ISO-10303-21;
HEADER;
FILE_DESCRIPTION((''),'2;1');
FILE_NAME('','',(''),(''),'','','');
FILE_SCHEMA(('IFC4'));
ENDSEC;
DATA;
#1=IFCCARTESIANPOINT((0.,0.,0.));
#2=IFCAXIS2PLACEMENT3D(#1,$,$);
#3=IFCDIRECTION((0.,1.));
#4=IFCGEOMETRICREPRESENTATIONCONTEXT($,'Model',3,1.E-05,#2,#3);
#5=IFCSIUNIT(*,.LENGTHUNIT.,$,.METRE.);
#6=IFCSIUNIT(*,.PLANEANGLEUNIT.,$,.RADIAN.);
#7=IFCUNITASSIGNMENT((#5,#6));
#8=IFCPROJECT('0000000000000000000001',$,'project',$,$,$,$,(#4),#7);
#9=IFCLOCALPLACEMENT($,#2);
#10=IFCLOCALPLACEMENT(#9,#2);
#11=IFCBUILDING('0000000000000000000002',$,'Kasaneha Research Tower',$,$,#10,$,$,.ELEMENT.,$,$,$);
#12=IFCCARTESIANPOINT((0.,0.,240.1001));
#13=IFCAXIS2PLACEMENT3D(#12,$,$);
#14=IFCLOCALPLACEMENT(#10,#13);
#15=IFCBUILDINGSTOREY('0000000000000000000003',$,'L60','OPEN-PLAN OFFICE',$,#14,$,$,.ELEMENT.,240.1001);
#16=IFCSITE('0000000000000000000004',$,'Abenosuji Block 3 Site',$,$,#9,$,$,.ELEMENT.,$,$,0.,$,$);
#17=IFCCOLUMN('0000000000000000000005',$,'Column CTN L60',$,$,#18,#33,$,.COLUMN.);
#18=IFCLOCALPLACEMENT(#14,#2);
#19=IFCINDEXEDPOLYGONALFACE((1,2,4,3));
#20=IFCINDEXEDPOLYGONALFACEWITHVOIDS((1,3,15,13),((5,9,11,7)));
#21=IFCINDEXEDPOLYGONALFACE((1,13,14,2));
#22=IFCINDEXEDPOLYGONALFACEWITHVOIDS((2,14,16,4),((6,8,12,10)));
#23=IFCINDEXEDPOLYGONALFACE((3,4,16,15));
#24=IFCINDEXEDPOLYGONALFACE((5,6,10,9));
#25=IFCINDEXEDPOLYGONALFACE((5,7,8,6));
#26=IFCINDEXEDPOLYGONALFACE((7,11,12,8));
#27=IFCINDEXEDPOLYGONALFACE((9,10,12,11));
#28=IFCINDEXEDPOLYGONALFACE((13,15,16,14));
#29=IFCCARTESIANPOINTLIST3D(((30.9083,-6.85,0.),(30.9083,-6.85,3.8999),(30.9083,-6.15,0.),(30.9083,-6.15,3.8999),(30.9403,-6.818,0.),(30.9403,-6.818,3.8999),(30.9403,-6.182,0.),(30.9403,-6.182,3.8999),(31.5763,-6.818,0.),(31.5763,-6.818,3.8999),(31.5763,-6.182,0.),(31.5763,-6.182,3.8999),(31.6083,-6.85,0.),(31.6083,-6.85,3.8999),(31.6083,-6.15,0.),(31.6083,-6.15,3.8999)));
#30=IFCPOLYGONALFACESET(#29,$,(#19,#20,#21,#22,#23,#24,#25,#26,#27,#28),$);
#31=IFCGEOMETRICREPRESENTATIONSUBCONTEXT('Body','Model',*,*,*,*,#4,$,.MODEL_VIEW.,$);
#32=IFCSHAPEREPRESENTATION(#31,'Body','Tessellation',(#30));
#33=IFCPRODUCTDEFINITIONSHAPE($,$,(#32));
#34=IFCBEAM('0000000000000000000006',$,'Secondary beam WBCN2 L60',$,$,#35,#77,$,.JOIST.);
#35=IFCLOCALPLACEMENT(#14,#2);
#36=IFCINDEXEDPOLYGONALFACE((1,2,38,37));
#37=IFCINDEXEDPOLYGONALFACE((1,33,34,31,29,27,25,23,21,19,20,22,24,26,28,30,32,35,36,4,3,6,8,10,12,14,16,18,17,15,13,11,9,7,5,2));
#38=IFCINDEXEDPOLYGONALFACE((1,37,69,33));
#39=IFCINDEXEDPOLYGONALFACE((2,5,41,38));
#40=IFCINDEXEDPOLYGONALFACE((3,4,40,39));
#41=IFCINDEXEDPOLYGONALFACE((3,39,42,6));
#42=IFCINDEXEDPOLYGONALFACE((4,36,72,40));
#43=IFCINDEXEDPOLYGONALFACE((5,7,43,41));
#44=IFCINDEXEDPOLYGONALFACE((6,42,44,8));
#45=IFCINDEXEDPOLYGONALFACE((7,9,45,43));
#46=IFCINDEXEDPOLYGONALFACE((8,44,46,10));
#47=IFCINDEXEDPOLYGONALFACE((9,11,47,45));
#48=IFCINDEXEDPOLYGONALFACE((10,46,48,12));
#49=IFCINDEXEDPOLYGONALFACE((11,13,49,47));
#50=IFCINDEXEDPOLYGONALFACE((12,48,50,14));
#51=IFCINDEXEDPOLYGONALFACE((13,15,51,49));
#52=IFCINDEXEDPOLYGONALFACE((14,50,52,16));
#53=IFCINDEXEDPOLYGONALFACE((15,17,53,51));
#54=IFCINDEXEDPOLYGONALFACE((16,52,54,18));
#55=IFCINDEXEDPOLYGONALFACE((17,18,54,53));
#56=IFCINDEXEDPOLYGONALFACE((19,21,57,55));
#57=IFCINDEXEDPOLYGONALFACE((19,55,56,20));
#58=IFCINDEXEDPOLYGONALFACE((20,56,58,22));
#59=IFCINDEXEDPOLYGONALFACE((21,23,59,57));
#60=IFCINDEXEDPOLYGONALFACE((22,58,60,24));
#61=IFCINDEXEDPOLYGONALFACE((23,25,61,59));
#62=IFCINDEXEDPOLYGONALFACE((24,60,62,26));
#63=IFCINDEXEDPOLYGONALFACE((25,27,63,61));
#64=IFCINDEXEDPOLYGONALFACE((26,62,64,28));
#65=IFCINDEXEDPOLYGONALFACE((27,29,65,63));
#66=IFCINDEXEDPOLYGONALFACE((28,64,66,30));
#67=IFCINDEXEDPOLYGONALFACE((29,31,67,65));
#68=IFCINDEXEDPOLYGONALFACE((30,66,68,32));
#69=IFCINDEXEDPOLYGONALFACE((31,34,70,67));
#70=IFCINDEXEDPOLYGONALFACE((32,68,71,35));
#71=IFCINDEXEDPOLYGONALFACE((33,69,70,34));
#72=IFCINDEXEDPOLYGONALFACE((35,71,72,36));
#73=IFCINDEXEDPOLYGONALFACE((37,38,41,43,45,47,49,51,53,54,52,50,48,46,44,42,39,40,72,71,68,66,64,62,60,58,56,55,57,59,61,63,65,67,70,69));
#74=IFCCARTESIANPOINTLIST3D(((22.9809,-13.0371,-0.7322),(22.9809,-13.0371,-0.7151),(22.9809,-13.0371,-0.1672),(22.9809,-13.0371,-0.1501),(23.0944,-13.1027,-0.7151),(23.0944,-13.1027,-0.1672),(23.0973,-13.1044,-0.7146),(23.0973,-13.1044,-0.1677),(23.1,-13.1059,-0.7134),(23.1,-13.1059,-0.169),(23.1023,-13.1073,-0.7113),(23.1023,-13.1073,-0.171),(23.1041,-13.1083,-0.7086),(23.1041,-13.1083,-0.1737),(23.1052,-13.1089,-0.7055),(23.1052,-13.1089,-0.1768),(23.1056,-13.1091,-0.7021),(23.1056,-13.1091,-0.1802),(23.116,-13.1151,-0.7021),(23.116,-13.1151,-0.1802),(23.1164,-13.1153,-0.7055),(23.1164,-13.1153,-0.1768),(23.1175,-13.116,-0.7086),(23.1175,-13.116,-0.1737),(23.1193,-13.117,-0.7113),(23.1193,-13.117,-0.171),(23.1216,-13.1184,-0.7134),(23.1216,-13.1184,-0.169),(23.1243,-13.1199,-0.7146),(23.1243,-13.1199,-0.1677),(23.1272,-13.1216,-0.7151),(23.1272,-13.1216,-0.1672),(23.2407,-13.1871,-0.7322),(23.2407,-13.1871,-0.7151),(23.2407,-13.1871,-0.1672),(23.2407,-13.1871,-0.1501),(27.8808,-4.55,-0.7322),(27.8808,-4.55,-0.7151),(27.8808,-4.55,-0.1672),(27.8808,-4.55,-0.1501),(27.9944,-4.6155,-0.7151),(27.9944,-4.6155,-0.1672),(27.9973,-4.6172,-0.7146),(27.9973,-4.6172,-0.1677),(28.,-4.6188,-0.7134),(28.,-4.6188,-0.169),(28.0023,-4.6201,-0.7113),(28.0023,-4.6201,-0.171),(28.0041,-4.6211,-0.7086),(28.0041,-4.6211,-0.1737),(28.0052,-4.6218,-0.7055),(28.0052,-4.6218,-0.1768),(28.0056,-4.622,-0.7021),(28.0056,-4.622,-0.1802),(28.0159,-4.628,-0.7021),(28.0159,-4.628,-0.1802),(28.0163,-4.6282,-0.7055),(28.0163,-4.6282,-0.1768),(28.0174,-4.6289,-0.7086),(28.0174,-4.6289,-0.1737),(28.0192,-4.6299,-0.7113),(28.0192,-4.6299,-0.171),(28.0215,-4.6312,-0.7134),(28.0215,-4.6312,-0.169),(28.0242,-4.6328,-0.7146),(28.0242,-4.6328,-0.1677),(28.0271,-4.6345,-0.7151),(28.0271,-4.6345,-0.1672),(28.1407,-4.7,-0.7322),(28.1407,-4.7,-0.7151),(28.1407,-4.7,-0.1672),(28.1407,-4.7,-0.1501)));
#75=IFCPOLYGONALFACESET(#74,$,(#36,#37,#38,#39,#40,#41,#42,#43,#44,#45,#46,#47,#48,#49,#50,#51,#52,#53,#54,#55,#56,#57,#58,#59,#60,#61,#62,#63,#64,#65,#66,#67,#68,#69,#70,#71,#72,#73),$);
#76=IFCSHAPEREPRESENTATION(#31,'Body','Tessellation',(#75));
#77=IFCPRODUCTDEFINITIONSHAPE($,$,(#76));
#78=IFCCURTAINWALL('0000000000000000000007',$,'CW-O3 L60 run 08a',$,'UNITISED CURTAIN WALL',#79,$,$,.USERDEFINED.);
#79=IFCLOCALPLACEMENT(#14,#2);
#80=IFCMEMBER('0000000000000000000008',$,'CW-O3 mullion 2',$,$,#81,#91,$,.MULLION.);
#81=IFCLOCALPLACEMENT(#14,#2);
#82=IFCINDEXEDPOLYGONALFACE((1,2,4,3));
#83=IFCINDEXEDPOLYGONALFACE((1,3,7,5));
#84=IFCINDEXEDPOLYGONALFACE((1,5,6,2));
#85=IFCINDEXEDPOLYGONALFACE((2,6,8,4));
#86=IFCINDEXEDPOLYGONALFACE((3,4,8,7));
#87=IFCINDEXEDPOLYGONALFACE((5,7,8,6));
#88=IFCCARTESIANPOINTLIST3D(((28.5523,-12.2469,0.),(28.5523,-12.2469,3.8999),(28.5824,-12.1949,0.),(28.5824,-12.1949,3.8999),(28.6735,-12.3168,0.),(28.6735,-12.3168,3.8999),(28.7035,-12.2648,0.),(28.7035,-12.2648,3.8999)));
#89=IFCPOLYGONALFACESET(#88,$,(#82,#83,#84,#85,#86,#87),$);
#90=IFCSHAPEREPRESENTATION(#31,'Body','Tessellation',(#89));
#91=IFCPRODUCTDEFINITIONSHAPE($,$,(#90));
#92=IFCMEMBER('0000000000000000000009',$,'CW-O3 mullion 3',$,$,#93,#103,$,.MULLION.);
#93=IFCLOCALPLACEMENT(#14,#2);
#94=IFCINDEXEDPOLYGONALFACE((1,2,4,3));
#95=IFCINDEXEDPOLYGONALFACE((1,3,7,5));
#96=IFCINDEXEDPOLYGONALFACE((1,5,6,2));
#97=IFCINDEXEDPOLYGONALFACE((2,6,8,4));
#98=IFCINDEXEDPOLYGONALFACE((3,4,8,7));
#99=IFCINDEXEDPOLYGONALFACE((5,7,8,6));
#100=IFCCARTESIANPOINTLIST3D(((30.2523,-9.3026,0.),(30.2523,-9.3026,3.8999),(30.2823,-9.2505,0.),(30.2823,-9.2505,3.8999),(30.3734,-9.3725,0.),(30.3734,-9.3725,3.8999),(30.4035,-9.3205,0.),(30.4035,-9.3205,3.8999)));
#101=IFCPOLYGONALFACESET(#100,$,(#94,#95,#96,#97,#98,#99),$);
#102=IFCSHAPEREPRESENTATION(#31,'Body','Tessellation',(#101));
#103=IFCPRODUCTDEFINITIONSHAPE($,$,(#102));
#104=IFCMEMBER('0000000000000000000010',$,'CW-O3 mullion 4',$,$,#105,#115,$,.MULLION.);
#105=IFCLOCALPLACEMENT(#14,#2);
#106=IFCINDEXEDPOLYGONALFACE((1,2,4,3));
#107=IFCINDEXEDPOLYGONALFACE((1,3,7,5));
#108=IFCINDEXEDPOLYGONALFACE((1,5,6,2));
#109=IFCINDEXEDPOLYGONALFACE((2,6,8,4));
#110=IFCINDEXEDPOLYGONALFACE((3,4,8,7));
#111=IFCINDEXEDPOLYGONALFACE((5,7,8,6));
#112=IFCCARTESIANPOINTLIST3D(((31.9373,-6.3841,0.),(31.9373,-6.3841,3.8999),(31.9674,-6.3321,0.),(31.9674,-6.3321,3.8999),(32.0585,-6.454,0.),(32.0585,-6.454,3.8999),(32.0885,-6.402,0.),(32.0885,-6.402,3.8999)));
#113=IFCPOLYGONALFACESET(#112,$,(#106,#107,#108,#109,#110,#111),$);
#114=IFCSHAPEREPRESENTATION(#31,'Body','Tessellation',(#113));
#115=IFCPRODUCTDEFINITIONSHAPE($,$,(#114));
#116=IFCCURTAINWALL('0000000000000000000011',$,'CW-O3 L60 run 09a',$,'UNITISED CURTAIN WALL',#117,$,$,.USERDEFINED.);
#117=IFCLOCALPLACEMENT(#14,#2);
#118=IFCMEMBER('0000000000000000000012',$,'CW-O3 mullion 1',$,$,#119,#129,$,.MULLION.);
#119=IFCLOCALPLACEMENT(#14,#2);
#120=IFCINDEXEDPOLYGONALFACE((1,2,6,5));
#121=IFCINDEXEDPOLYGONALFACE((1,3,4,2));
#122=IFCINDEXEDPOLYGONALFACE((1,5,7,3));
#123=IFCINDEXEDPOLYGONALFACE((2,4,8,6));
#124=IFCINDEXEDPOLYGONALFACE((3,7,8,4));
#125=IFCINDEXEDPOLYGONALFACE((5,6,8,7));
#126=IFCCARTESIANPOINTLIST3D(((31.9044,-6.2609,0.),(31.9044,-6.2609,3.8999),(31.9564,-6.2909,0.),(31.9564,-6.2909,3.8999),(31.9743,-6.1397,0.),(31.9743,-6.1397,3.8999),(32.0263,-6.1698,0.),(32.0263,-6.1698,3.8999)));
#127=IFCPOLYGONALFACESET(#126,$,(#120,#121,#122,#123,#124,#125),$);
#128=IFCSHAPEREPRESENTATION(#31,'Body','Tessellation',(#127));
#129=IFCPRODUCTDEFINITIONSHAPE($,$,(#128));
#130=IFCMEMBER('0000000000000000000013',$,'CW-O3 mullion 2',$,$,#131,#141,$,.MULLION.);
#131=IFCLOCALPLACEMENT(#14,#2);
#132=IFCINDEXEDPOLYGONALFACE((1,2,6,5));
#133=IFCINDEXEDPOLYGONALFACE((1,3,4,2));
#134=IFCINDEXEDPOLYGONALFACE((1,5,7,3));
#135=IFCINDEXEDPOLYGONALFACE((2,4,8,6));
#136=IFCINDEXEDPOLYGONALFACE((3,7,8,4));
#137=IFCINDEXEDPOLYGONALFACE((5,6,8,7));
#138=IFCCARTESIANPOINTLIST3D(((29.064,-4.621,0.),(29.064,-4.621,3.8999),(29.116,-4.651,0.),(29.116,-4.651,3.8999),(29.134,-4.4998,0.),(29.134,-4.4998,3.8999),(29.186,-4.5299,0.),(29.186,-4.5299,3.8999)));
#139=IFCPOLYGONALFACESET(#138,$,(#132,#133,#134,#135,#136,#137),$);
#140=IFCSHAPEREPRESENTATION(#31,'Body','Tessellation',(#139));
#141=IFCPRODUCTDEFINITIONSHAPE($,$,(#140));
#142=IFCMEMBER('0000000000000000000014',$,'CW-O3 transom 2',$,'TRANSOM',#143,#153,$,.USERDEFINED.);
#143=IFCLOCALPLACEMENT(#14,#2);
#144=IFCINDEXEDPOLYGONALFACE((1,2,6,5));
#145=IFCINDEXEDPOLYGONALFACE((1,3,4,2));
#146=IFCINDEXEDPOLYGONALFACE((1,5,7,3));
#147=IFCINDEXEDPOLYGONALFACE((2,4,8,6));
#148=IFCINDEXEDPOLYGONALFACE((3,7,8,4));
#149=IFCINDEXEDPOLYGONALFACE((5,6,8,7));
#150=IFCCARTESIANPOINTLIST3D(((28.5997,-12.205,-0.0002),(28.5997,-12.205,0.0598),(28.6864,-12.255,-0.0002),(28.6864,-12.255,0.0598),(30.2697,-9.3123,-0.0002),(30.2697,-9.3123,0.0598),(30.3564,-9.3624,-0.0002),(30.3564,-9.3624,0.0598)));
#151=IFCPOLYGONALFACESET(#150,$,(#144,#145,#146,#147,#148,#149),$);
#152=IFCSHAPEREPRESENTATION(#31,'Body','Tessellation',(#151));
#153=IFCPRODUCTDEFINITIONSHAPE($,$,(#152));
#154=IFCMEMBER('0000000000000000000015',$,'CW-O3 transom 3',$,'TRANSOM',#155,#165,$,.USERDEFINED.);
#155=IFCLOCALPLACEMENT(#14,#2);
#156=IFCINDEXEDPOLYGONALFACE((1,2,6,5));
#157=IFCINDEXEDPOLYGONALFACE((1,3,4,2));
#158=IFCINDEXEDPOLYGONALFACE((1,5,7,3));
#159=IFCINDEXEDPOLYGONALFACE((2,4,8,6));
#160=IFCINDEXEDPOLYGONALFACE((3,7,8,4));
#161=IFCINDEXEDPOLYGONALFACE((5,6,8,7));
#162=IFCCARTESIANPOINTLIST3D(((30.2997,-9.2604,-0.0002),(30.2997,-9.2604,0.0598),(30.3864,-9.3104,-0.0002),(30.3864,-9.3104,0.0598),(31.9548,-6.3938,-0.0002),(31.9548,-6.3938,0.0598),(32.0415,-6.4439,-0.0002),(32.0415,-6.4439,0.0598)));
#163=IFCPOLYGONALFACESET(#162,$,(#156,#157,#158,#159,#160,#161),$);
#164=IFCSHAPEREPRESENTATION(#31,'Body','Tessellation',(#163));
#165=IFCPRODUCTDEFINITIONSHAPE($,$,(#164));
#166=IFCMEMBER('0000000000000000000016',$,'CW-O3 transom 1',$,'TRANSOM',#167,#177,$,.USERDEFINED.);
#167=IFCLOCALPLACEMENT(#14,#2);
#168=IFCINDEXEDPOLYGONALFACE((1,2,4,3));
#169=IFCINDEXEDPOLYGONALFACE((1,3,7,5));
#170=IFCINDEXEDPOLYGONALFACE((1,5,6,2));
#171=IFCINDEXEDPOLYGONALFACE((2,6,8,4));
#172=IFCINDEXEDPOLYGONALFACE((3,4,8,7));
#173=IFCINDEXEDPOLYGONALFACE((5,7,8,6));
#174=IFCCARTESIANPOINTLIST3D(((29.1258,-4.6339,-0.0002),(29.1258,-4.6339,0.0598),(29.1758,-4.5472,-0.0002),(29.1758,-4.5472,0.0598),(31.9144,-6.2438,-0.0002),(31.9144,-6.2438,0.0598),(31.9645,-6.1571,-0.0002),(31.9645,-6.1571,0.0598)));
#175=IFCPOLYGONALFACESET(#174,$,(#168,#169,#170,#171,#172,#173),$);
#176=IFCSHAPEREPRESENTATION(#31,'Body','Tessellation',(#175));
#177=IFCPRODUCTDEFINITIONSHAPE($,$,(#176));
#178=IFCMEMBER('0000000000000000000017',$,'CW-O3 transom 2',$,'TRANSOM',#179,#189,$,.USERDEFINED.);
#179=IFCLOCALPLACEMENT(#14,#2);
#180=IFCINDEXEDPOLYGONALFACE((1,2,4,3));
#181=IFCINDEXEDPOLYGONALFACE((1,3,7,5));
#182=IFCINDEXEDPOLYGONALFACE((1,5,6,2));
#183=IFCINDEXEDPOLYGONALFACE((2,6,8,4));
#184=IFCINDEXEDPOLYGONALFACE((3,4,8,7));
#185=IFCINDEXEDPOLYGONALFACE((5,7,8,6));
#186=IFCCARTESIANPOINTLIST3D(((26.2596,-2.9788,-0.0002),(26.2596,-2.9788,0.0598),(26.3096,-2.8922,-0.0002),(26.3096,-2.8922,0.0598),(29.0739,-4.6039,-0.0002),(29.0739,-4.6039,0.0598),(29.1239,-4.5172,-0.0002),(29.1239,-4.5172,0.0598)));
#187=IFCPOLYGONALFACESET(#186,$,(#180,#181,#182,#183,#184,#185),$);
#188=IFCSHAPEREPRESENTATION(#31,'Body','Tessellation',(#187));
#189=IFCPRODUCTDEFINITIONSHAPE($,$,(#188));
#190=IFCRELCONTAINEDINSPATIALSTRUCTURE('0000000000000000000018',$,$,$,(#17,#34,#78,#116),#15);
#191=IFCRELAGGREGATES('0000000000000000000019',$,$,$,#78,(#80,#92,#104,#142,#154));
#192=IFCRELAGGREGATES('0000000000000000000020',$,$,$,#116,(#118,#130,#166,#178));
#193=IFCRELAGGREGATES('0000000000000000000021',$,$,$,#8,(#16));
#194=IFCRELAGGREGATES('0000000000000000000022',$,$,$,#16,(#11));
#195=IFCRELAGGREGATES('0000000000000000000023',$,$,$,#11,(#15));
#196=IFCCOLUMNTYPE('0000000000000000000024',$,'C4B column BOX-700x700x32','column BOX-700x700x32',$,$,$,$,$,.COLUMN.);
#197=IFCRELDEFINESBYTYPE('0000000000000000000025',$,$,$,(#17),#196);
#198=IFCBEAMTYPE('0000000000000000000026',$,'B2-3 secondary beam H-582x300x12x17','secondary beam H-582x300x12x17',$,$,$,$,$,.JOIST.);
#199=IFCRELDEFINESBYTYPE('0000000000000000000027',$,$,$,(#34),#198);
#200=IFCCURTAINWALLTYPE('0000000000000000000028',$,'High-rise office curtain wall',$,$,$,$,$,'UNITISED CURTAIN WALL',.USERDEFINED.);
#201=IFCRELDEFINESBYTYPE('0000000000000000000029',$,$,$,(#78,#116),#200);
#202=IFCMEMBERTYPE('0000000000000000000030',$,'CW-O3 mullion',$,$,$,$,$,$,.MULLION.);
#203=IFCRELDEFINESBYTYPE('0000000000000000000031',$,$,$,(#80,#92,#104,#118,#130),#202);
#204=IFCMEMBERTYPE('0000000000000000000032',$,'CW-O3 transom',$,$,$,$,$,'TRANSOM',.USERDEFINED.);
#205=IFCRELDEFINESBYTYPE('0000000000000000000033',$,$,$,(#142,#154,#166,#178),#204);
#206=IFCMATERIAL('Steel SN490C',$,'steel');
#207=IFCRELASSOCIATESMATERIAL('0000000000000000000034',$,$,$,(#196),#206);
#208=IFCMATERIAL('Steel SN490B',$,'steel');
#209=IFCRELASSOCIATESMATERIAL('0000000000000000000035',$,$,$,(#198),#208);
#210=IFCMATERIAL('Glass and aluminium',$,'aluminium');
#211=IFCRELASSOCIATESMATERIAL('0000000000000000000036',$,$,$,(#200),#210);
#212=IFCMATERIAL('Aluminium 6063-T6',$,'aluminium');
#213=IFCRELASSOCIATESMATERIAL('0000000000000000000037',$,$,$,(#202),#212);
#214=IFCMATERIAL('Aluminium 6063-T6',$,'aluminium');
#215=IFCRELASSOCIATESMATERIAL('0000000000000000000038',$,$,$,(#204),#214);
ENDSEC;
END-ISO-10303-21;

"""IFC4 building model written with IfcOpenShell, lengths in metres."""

from ifc_helpers import new_model, si_unit, direction, frame, origin, origin_2d, place, context, subcontext, project, spatial, rectangle, hollow_rectangle, i_section, extrude, material, material_profile, profile_set, type_object, element, aggregate, save


model = new_model("IFC4")

# Units and contexts
model_context = context("Model", 3, precision=1e-05, world=origin(), true_north=direction((0.0, 1.0)))
body_context = subcontext(model_context, "Body", "Model", "MODEL_VIEW")
ifc_project = project(units=[si_unit("LENGTHUNIT", "METRE"), si_unit("PLANEANGLEUNIT", "RADIAN")], contexts=[model_context])

# Site, building, storey
site_placement = place(None, origin())
site = spatial("IfcSite", under=ifc_project, at=site_placement, Name="Abenosuji Block 3 Site", CompositionType="ELEMENT", RefElevation=0.0)
building_placement = place(site_placement, origin())
building = spatial("IfcBuilding", under=site, at=building_placement, Name="Kasaneha Research Tower", CompositionType="ELEMENT")
storey_placement = place(building_placement, frame((0.0, 0.0, 240.1001)))
storey = spatial("IfcBuildingStorey", under=building, at=storey_placement, Name="L60", Description="OPEN-PLAN OFFICE", CompositionType="ELEMENT", Elevation=240.1001)

# Column
ifc_material_1 = material(Name="Steel SN490C", Category="steel")
ifc_material_profile_1 = material_profile(ifc_material_1, hollow_rectangle(XDim=0.7, YDim=0.7, WallThickness=0.032, at=origin_2d()), Name="BOX-700x700x32")
ifc_profile_set_1 = profile_set([ifc_material_profile_1], Name="Steel SN490C")
column_type = type_object("IfcColumnType", Name="C4B column BOX-700x700x32", Description="column BOX-700x700x32", PredefinedType="COLUMN", material=ifc_profile_set_1)
column_placement = place(storey_placement, frame((31.2583, -6.5, 0.0), z_axis=(0.0, 0.0, 1.0), x_axis=(1.0, 0.0, 0.0)))
element("IfcColumn", 1, at=column_placement, inside=storey, type_object=column_type, Name="Column CTN L60", PredefinedType="COLUMN", context=body_context, shape_type="SweptSolid", body=[
    extrude(hollow_rectangle(XDim=0.7, YDim=0.7, WallThickness=0.032, at=origin_2d()), origin(), (0.0, 0.0, 1.0), 3.8999),
])

# Beam
ifc_material_2 = material(Name="Steel SN490B", Category="steel")
ifc_material_profile_2 = material_profile(ifc_material_2, i_section(OverallWidth=0.3, OverallDepth=0.582, WebThickness=0.012, FlangeThickness=0.0171, FilletRadius=0.0129, at=origin_2d()), Name="H-582x300x12x17")
ifc_profile_set_2 = profile_set([ifc_material_profile_2], Name="Steel SN490B")
beam_type_1 = type_object("IfcBeamType", Name="B2-3 secondary beam H-582x300x12x17", Description="secondary beam H-582x300x12x17", PredefinedType="JOIST", material=ifc_profile_set_2)
beam_1_placement = place(storey_placement, frame((28.0107, -4.625, -0.4412), z_axis=(-0.499992, -0.86603, 0.0), x_axis=(0.86603, -0.499992, 0.0)))
element("IfcBeam", 2, at=beam_1_placement, inside=storey, type_object=beam_type_1, Name="Secondary beam WBCN2 L60", PredefinedType="JOIST", context=body_context, shape_type="SweptSolid", body=[
    extrude(i_section(OverallWidth=0.3, OverallDepth=0.582, WebThickness=0.012, FlangeThickness=0.0171, FilletRadius=0.0129, at=origin_2d()), origin(), (0.0, 0.0, 1.0), 9.8),
])

# Curtain walls, members
ifc_material_3 = material(Name="Glass and aluminium", Category="aluminium")
curtain_wall_type = type_object("IfcCurtainWallType", Name="High-rise office curtain wall", ElementType="UNITISED CURTAIN WALL", PredefinedType="USERDEFINED", material=ifc_material_3)
curtain_wall_1_placement = place(storey_placement, origin())
curtain_wall_1 = element("IfcCurtainWall", 3, at=curtain_wall_1_placement, inside=storey, type_object=curtain_wall_type, Name="CW-O3 L60 run 08a", ObjectType="UNITISED CURTAIN WALL", PredefinedType="USERDEFINED")
ifc_material_4 = material(Name="Aluminium 6063-T6", Category="aluminium")
ifc_material_profile_3 = material_profile(ifc_material_4, rectangle(XDim=0.0601, YDim=0.1399, at=origin_2d()), Name="CW-O3 mullion 60x140")
ifc_profile_set_3 = profile_set([ifc_material_profile_3], Name="Aluminium 6063-T6")
member_type_1 = type_object("IfcMemberType", Name="CW-O3 mullion", PredefinedType="MULLION", material=ifc_profile_set_3)
member_1_placement = place(storey_placement, frame((28.6279, -12.2559, 0.0), z_axis=(0.0, 0.0, 1.0), x_axis=(0.5, 0.866025, 0.0)))
member_1 = element("IfcMember", 4, at=member_1_placement, type_object=member_type_1, Name="CW-O3 mullion 2", PredefinedType="MULLION", context=body_context, shape_type="SweptSolid", body=[
    extrude(rectangle(XDim=0.0601, YDim=0.1399, at=origin_2d()), origin(), (0.0, 0.0, 1.0), 3.8999),
])
member_2_placement = place(storey_placement, frame((30.3279, -9.3115, 0.0), z_axis=(0.0, 0.0, 1.0), x_axis=(0.5, 0.866025, 0.0)))
member_2 = element("IfcMember", 5, at=member_2_placement, type_object=member_type_1, Name="CW-O3 mullion 3", PredefinedType="MULLION", context=body_context, shape_type="SweptSolid", body=[
    extrude(rectangle(XDim=0.0601, YDim=0.1399, at=origin_2d()), origin(), (0.0, 0.0, 1.0), 3.8999),
])
member_3_placement = place(storey_placement, frame((32.0129, -6.3931, 0.0), z_axis=(0.0, 0.0, 1.0), x_axis=(0.5, 0.866025, 0.0)))
member_3 = element("IfcMember", 6, at=member_3_placement, type_object=member_type_1, Name="CW-O3 mullion 4", PredefinedType="MULLION", context=body_context, shape_type="SweptSolid", body=[
    extrude(rectangle(XDim=0.0601, YDim=0.1399, at=origin_2d()), origin(), (0.0, 0.0, 1.0), 3.8999),
])
curtain_wall_2_placement = place(storey_placement, origin())
curtain_wall_2 = element("IfcCurtainWall", 7, at=curtain_wall_2_placement, inside=storey, type_object=curtain_wall_type, Name="CW-O3 L60 run 09a", ObjectType="UNITISED CURTAIN WALL", PredefinedType="USERDEFINED")
member_4_placement = place(storey_placement, frame((31.9653, -6.2153, 0.0), z_axis=(0.0, 0.0, 1.0), x_axis=(-0.866025, 0.5, 0.0)))
member_4 = element("IfcMember", 8, at=member_4_placement, type_object=member_type_1, Name="CW-O3 mullion 1", PredefinedType="MULLION", context=body_context, shape_type="SweptSolid", body=[
    extrude(rectangle(XDim=0.0601, YDim=0.1399, at=origin_2d()), origin(), (0.0, 0.0, 1.0), 3.8999),
])
member_5_placement = place(storey_placement, frame((29.125, -4.5754, 0.0), z_axis=(0.0, 0.0, 1.0), x_axis=(-0.866025, 0.5, 0.0)))
member_5 = element("IfcMember", 9, at=member_5_placement, type_object=member_type_1, Name="CW-O3 mullion 2", PredefinedType="MULLION", context=body_context, shape_type="SweptSolid", body=[
    extrude(rectangle(XDim=0.0601, YDim=0.1399, at=origin_2d()), origin(), (0.0, 0.0, 1.0), 3.8999),
])

# Members
ifc_material_5 = material(Name="Aluminium 6063-T6", Category="aluminium")
ifc_material_profile_4 = material_profile(ifc_material_5, rectangle(XDim=0.1001, YDim=0.0601, at=origin_2d()), Name="CW-O3 transom 100x60")
ifc_profile_set_4 = profile_set([ifc_material_profile_4], Name="Aluminium 6063-T6")
member_type_2 = type_object("IfcMemberType", Name="CW-O3 transom", ElementType="TRANSOM", PredefinedType="USERDEFINED", material=ifc_profile_set_4)
member_6_placement = place(storey_placement, frame((28.6431, -12.23, 0.0298), z_axis=(0.499976, 0.86604, 0.0), x_axis=(-0.86604, 0.499976, 0.0)))
member_6 = element("IfcMember", 10, at=member_6_placement, type_object=member_type_2, Name="CW-O3 transom 2", ObjectType="TRANSOM", PredefinedType="USERDEFINED", context=body_context, shape_type="SweptSolid", body=[
    extrude(rectangle(XDim=0.1001, YDim=0.0601, at=origin_2d()), origin(), (0.0, 0.0, 1.0), 3.3401),
])
member_7_placement = place(storey_placement, frame((30.343, -9.2854, 0.0298), z_axis=(0.500018, 0.866015, 0.0), x_axis=(-0.866015, 0.500018, 0.0)))
member_7 = element("IfcMember", 11, at=member_7_placement, type_object=member_type_2, Name="CW-O3 transom 3", ObjectType="TRANSOM", PredefinedType="USERDEFINED", context=body_context, shape_type="SweptSolid", body=[
    extrude(rectangle(XDim=0.1001, YDim=0.0601, at=origin_2d()), origin(), (0.0, 0.0, 1.0), 3.3101),
])
member_8_placement = place(storey_placement, frame((31.9395, -6.2004, 0.0298), z_axis=(-0.866042, 0.499972, 0.0), x_axis=(-0.499972, -0.866042, 0.0)))
member_8 = element("IfcMember", 12, at=member_8_placement, type_object=member_type_2, Name="CW-O3 transom 1", ObjectType="TRANSOM", PredefinedType="USERDEFINED", context=body_context, shape_type="SweptSolid", body=[
    extrude(rectangle(XDim=0.1001, YDim=0.0601, at=origin_2d()), origin(), (0.0, 0.0, 1.0), 3.22),
])
member_9_placement = place(storey_placement, frame((29.0989, -4.5605, 0.0298), z_axis=(-0.865997, 0.50005, 0.0), x_axis=(-0.50005, -0.865997, 0.0)))
member_9 = element("IfcMember", 13, at=member_9_placement, type_object=member_type_2, Name="CW-O3 transom 2", ObjectType="TRANSOM", PredefinedType="USERDEFINED", context=body_context, shape_type="SweptSolid", body=[
    extrude(rectangle(XDim=0.1001, YDim=0.0601, at=origin_2d()), origin(), (0.0, 0.0, 1.0), 3.2498),
])

aggregate(curtain_wall_1, [member_1, member_2, member_3, member_6, member_7])
aggregate(curtain_wall_2, [member_4, member_5, member_8, member_9])

save(model, "model.ifc")
